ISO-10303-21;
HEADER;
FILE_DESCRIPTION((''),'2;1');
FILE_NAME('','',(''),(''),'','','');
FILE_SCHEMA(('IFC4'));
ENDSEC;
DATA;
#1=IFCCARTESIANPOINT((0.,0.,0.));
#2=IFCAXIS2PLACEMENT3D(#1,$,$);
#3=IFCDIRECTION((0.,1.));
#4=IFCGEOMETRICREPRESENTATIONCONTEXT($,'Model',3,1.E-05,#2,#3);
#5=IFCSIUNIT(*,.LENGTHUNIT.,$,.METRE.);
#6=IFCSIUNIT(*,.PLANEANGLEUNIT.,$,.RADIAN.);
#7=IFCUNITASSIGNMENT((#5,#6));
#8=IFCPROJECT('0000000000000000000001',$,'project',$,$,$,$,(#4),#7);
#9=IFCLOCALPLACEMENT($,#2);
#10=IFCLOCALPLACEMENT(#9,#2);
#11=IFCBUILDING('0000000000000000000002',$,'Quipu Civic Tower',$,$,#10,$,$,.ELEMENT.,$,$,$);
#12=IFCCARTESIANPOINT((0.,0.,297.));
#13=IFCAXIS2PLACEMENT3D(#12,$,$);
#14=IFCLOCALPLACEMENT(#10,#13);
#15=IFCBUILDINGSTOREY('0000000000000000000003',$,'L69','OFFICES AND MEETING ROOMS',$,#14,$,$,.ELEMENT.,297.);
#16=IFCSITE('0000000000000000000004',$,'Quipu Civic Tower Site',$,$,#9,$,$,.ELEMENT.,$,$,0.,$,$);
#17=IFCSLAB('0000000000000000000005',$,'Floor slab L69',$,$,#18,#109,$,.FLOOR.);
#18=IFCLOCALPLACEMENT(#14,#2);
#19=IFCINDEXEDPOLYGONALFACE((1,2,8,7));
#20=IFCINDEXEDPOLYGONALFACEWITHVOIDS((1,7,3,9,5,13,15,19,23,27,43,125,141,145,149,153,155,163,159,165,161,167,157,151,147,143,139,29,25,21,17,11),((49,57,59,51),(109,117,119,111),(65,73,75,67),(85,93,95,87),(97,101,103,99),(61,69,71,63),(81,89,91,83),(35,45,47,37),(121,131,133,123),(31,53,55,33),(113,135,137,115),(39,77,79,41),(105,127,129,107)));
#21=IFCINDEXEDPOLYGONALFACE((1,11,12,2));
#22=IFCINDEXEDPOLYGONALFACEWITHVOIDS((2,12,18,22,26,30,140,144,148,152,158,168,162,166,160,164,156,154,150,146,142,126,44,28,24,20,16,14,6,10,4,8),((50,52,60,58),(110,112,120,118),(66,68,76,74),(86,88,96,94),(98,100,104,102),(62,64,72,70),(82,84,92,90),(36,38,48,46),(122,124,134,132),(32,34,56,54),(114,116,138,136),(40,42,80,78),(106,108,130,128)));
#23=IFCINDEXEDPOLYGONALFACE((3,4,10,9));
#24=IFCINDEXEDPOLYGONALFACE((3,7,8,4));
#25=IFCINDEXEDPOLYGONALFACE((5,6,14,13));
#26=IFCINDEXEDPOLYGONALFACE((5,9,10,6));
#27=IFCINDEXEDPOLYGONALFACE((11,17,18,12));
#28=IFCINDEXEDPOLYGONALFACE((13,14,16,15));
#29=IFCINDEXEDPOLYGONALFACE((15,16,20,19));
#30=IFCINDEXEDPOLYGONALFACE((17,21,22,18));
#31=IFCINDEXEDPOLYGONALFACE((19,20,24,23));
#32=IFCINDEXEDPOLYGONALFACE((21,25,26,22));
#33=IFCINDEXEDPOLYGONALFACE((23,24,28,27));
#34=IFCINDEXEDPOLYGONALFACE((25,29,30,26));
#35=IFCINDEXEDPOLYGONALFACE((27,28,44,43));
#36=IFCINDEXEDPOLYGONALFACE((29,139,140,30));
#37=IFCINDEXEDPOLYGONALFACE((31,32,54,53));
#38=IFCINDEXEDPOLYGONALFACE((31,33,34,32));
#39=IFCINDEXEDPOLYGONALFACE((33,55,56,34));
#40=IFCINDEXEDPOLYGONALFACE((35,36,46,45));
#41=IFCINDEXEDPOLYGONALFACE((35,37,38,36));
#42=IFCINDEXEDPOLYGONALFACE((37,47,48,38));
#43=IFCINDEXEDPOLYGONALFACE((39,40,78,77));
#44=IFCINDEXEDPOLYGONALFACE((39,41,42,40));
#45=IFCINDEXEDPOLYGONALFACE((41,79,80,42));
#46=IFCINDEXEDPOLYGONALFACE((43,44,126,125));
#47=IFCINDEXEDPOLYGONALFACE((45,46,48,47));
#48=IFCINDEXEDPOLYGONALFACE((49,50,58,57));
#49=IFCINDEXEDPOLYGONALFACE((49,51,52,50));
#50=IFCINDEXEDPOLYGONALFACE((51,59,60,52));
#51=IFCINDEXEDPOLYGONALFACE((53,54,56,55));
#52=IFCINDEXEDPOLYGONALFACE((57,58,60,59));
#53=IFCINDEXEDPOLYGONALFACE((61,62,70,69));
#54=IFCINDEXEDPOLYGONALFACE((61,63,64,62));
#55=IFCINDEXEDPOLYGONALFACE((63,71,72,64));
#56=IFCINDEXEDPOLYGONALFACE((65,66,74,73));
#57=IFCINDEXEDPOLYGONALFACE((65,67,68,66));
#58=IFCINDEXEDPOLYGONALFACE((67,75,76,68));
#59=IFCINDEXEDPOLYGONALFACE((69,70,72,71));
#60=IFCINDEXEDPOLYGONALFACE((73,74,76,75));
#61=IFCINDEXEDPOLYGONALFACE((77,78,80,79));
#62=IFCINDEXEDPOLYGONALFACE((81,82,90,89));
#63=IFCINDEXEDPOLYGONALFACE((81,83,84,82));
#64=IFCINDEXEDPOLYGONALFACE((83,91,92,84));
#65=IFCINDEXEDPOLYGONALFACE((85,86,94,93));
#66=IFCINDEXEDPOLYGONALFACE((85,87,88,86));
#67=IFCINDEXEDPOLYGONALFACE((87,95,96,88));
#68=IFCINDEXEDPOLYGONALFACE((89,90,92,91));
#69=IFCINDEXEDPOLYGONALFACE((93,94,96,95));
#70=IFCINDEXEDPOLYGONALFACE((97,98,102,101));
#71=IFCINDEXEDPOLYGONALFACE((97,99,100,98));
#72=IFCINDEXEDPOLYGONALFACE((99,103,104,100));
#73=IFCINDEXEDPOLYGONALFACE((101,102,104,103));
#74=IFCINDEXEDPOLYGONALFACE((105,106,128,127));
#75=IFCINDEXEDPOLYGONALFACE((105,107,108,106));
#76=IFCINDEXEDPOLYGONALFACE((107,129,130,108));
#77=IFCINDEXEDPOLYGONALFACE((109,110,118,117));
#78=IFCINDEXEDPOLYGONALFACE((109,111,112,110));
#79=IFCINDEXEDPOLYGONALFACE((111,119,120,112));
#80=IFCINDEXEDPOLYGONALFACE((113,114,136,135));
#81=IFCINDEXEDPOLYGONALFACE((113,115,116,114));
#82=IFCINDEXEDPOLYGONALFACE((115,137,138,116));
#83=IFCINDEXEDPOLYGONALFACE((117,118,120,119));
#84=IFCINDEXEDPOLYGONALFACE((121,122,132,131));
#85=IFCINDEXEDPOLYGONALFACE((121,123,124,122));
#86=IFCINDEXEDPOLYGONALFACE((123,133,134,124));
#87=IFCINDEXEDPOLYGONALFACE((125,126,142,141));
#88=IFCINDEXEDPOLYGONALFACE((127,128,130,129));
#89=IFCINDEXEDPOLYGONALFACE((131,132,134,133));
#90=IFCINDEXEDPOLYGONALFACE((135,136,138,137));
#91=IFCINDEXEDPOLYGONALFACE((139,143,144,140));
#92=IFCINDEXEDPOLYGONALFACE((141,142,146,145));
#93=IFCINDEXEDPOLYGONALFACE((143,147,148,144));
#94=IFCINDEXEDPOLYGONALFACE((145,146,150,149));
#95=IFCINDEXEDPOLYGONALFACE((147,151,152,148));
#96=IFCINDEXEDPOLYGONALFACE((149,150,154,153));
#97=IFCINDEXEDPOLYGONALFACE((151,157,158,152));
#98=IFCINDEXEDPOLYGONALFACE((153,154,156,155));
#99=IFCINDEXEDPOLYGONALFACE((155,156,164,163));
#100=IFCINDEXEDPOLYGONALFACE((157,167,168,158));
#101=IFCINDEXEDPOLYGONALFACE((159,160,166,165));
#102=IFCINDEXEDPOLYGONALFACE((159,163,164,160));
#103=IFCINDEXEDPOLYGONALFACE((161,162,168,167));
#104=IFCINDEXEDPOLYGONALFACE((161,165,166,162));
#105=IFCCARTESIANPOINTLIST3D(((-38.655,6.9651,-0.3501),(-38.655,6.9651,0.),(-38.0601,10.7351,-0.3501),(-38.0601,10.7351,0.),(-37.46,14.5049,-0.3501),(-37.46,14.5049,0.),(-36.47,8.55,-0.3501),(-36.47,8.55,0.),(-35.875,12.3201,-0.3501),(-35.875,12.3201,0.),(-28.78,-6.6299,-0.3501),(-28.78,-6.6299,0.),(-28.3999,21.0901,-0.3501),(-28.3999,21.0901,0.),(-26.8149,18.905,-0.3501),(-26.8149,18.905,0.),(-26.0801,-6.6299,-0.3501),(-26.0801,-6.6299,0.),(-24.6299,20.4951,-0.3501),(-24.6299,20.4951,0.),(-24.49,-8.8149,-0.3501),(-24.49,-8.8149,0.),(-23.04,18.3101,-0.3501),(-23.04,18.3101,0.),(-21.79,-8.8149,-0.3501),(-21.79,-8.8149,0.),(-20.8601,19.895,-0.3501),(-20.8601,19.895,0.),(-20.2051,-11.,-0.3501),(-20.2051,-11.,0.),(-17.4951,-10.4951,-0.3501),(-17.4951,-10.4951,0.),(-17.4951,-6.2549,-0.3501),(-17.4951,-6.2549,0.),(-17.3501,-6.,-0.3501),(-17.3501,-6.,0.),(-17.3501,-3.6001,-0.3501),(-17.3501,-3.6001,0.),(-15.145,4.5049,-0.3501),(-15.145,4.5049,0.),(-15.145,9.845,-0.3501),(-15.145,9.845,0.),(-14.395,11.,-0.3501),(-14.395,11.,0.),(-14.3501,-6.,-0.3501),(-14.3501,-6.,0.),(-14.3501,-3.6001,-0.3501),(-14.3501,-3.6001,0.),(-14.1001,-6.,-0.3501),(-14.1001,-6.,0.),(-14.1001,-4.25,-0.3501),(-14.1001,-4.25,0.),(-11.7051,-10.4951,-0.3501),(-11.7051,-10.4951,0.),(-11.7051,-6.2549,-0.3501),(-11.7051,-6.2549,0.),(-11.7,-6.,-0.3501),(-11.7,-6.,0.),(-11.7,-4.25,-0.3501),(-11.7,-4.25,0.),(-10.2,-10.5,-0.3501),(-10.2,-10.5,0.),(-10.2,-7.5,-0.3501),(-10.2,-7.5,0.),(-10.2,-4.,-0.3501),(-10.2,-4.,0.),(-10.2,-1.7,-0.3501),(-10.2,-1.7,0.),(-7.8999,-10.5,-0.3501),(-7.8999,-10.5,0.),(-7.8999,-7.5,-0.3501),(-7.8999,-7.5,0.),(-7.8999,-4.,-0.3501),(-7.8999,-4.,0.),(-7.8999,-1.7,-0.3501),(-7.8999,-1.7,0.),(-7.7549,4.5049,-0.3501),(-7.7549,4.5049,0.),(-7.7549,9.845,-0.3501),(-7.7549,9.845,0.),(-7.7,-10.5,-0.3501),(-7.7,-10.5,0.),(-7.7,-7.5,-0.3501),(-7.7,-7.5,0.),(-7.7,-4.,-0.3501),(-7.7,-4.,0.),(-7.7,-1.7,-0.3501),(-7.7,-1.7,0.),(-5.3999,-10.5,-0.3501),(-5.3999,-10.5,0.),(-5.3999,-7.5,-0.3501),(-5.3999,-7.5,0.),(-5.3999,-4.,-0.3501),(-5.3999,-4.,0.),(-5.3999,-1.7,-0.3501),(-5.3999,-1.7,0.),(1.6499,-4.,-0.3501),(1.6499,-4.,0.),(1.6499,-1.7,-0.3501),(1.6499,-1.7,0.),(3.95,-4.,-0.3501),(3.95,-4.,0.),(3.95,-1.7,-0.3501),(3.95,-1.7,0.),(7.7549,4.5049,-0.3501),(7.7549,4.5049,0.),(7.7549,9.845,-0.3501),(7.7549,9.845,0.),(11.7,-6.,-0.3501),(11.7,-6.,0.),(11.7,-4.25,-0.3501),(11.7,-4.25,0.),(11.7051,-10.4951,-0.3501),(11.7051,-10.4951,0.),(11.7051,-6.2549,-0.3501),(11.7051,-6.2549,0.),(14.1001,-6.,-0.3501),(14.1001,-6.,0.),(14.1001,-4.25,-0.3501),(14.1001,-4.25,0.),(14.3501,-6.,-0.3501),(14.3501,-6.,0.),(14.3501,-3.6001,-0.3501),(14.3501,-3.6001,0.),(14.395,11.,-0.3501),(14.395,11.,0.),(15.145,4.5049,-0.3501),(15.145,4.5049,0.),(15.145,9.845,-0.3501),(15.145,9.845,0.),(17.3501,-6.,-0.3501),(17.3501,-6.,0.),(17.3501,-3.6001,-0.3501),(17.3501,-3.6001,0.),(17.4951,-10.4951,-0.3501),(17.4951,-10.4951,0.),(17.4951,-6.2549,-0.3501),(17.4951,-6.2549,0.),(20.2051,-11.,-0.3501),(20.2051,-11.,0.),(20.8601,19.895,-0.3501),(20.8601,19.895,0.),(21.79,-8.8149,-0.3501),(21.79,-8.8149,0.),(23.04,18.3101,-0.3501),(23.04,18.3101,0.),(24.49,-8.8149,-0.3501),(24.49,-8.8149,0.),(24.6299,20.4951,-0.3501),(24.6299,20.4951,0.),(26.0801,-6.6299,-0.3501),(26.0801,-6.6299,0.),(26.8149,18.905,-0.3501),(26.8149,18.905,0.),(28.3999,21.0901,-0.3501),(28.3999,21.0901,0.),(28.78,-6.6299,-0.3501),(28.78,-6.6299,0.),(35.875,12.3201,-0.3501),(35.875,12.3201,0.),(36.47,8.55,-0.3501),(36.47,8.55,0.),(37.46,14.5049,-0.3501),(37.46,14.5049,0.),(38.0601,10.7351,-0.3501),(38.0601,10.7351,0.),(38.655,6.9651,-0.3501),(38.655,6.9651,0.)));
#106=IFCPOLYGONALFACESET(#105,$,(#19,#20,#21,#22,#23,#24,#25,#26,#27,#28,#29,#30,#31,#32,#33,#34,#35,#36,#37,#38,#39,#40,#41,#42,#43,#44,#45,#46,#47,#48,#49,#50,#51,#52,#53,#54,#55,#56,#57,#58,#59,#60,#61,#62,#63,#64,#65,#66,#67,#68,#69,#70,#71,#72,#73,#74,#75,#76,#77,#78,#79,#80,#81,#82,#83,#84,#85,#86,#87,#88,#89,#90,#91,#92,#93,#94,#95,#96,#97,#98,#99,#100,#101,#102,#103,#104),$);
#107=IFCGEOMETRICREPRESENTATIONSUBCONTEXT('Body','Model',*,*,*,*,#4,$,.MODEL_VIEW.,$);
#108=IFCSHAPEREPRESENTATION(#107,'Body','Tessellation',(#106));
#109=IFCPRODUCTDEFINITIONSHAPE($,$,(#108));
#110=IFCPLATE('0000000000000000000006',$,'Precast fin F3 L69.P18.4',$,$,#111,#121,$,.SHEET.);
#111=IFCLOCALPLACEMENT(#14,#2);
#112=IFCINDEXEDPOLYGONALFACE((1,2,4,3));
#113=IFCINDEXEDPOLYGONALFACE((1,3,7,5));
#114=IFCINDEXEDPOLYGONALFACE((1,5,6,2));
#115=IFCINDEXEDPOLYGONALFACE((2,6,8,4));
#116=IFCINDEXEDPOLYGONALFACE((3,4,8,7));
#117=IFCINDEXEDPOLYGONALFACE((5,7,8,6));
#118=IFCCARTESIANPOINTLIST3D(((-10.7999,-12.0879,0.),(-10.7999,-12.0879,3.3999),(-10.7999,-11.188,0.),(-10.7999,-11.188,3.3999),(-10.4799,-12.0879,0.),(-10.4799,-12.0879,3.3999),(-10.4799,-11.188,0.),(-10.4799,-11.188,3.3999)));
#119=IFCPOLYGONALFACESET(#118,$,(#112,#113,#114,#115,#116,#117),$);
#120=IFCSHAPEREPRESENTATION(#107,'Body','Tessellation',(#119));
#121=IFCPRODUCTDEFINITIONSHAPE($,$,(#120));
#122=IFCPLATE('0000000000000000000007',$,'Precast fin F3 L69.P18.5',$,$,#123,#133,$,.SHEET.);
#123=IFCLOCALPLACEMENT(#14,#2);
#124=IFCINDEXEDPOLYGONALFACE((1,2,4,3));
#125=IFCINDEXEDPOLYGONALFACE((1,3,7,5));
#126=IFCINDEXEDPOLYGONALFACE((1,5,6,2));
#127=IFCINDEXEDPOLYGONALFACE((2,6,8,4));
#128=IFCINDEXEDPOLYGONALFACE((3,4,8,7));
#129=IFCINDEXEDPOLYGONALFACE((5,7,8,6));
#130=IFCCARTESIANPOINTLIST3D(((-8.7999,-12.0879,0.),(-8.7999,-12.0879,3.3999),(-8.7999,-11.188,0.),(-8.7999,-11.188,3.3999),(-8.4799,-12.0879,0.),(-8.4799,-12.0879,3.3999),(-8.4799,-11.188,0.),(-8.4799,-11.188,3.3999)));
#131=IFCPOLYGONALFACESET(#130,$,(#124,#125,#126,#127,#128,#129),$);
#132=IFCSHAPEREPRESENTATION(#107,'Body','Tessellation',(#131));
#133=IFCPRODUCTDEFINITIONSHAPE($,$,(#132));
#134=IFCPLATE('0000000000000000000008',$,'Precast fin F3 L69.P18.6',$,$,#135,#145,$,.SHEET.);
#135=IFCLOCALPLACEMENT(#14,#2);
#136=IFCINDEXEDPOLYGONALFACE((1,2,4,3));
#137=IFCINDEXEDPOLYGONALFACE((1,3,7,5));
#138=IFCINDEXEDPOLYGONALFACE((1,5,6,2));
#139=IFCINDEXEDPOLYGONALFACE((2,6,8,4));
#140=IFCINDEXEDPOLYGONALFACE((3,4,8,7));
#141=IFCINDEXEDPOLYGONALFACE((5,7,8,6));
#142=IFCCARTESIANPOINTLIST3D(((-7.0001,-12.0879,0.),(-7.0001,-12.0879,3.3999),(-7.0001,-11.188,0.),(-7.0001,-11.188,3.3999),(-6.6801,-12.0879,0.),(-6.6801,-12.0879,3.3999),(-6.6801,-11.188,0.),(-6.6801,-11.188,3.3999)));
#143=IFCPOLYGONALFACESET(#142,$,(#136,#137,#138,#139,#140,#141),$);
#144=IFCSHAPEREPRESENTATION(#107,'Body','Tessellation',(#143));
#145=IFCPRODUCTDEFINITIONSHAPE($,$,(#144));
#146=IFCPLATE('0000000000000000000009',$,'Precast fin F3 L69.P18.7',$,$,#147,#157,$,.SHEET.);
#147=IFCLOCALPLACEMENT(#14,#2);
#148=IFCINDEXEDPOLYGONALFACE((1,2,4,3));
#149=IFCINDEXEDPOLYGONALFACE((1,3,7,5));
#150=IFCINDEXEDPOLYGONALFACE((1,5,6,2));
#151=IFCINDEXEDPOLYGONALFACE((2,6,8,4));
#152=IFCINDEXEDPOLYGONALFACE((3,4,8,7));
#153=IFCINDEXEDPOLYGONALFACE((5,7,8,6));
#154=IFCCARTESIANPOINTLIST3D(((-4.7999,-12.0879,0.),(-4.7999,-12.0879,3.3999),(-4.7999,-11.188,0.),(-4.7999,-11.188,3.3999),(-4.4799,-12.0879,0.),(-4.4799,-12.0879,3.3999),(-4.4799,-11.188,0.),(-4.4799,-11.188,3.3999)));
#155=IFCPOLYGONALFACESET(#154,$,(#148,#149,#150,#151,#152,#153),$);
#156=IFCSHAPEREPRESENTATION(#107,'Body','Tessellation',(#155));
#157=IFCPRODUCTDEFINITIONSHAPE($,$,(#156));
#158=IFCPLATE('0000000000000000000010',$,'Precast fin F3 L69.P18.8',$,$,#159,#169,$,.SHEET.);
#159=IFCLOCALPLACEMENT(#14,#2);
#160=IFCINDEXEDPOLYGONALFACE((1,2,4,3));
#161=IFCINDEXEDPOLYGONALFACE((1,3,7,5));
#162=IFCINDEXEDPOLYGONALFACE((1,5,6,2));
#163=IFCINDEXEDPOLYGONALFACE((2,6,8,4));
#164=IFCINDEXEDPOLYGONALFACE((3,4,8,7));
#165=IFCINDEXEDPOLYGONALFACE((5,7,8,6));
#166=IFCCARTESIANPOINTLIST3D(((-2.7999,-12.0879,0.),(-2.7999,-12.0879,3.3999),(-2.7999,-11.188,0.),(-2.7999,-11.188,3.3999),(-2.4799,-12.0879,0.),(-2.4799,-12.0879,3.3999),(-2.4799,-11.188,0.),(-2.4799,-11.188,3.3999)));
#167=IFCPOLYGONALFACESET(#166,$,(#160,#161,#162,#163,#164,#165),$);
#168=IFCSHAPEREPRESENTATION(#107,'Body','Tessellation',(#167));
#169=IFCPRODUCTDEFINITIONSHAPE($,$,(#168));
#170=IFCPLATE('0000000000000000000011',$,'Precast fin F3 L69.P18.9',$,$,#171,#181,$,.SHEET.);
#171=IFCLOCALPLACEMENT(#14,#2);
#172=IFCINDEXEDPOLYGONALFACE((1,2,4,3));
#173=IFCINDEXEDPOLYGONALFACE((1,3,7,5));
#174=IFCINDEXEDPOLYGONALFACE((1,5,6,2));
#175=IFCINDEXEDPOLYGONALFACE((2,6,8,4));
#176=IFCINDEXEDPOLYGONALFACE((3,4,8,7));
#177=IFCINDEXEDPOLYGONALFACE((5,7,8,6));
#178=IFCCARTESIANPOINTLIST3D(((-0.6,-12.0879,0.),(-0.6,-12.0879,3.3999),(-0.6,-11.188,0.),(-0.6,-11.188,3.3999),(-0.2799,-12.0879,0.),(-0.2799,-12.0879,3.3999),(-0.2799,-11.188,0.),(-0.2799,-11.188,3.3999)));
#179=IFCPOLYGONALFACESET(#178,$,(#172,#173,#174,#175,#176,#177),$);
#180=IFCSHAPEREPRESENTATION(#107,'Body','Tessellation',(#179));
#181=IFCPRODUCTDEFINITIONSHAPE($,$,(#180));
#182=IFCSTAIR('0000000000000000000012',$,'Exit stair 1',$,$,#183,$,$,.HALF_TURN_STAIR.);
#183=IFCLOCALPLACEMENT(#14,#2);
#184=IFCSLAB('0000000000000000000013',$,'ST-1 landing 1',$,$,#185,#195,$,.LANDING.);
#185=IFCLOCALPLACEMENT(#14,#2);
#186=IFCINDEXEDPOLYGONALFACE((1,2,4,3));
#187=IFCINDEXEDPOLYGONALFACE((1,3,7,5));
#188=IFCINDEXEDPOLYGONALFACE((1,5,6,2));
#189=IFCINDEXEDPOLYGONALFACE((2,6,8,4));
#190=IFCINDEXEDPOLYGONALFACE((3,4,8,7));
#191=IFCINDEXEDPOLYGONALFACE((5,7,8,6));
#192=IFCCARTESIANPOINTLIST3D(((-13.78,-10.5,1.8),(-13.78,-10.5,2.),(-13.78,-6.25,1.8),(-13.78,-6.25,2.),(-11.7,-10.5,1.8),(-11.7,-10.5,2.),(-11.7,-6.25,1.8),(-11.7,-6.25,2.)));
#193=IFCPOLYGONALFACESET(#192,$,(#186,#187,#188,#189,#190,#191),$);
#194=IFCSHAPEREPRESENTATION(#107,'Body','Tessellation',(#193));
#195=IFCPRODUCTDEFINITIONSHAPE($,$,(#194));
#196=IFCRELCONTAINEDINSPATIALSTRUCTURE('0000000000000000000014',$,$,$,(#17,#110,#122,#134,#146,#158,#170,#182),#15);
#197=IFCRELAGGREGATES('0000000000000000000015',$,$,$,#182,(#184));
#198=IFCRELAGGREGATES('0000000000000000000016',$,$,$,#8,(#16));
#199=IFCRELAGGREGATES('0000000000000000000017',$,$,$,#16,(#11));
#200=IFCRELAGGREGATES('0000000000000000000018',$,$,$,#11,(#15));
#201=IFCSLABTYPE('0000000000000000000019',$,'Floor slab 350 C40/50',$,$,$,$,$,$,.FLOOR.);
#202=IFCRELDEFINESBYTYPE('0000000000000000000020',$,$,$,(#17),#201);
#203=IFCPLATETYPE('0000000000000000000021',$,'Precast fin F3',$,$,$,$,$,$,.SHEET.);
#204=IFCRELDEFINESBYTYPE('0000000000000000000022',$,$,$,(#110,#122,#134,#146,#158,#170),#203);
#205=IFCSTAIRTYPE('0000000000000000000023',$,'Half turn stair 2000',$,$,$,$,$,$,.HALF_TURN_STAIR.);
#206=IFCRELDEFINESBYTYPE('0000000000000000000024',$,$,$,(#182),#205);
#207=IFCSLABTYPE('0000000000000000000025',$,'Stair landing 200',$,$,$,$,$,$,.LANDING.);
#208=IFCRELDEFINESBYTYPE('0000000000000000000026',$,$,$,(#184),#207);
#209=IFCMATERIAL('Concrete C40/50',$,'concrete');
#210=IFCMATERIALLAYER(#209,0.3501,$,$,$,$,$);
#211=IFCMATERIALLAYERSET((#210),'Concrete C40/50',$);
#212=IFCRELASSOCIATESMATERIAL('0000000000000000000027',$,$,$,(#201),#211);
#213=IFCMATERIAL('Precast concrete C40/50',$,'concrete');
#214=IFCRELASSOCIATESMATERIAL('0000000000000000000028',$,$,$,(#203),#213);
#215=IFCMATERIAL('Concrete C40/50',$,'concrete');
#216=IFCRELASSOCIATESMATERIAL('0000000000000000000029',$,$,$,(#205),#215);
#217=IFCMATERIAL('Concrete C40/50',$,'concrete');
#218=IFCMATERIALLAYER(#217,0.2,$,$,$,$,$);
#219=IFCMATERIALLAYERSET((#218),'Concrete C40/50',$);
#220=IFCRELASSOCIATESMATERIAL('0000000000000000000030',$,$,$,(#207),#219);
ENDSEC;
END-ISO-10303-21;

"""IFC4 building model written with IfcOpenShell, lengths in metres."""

from ifc_helpers import new_model, si_unit, direction, frame, origin, origin_2d, place, context, subcontext, project, spatial, polyline, rectangle, outline, extrude, material, layer, layer_set, type_object, element, aggregate, save


model = new_model("IFC4")

# Units and contexts
model_context = context("Model", 3, precision=1e-05, world=origin(), true_north=direction((0.0, 1.0)))
body_context = subcontext(model_context, "Body", "Model", "MODEL_VIEW")
ifc_project = project(units=[si_unit("LENGTHUNIT", "METRE"), si_unit("PLANEANGLEUNIT", "RADIAN")], contexts=[model_context])

# Site, building, storey
site_placement = place(None, origin())
site = spatial("IfcSite", under=ifc_project, at=site_placement, Name="Quipu Civic Tower Site", CompositionType="ELEMENT", RefElevation=0.0)
building_placement = place(site_placement, origin())
building = spatial("IfcBuilding", under=site, at=building_placement, Name="Quipu Civic Tower", CompositionType="ELEMENT")
storey_placement = place(building_placement, frame((0.0, 0.0, 297.0)))
storey = spatial("IfcBuildingStorey", under=building, at=storey_placement, Name="L69", Description="OFFICES AND MEETING ROOMS", CompositionType="ELEMENT", Elevation=297.0)

# Slab
ifc_material_1 = material(Name="Concrete C40/50", Category="concrete")
ifc_layer_1 = layer(ifc_material_1, 0.3501)
ifc_layer_set_1 = layer_set([ifc_layer_1], Name="Concrete C40/50")
slab_type_1 = type_object("IfcSlabType", Name="Floor slab 350 C40/50", PredefinedType="FLOOR", material=ifc_layer_set_1)
slab_1_placement = place(storey_placement, frame((0.0, 0.0, -0.3501)))
element("IfcSlab", 1, at=slab_1_placement, inside=storey, type_object=slab_type_1, Name="Floor slab L69", PredefinedType="FLOOR", context=body_context, shape_type="SweptSolid", body=[
    extrude(outline(polyline([(20.8601, 19.895), (23.04, 18.3101), (24.6299, 20.4951), (26.8149, 18.905), (28.3999, 21.0901), (37.46, 14.5049), (35.875, 12.3201), (38.0601, 10.7351), (36.47, 8.55), (38.655, 6.9651), (28.78, -6.6299), (26.0801, -6.6299), (24.49, -8.8149), (21.79, -8.8149), (20.2051, -11.0), (-20.2051, -11.0), (-21.79, -8.8149), (-24.49, -8.8149), (-26.0801, -6.6299), (-28.78, -6.6299), (-38.655, 6.9651), (-36.47, 8.55), (-38.0601, 10.7351), (-35.875, 12.3201), (-37.46, 14.5049), (-28.3999, 21.0901), (-26.8149, 18.905), (-24.6299, 20.4951), (-23.04, 18.3101), (-20.8601, 19.895), (-14.395, 11.0), (14.395, 11.0), (20.8601, 19.895)]), holes=[polyline([(-10.2, -10.5), (-7.8999, -10.5), (-7.8999, -7.5), (-10.2, -7.5), (-10.2, -10.5)]), polyline([(-7.7, -7.5), (-7.7, -10.5), (-5.3999, -10.5), (-5.3999, -7.5), (-7.7, -7.5)]), polyline([(-11.7051, -6.2549), (-17.4951, -6.2549), (-17.4951, -10.4951), (-11.7051, -10.4951), (-11.7051, -6.2549)]), polyline([(-14.1001, -6.0), (-11.7, -6.0), (-11.7, -4.25), (-14.1001, -4.25), (-14.1001, -6.0)]), polyline([(-17.3501, -3.6001), (-17.3501, -6.0), (-14.3501, -6.0), (-14.3501, -3.6001), (-17.3501, -3.6001)]), polyline([(-10.2, -1.7), (-10.2, -4.0), (-7.8999, -4.0), (-7.8999, -1.7), (-10.2, -1.7)]), polyline([(-15.145, 9.845), (-15.145, 4.5049), (-7.7549, 4.5049), (-7.7549, 9.845), (-15.145, 9.845)]), polyline([(11.7051, -10.4951), (17.4951, -10.4951), (17.4951, -6.2549), (11.7051, -6.2549), (11.7051, -10.4951)]), polyline([(11.7, -4.25), (11.7, -6.0), (14.1001, -6.0), (14.1001, -4.25), (11.7, -4.25)]), polyline([(14.3501, -3.6001), (14.3501, -6.0), (17.3501, -6.0), (17.3501, -3.6001), (14.3501, -3.6001)]), polyline([(-7.7, -1.7), (-7.7, -4.0), (-5.3999, -4.0), (-5.3999, -1.7), (-7.7, -1.7)]), polyline([(1.6499, -1.7), (1.6499, -4.0), (3.95, -4.0), (3.95, -1.7), (1.6499, -1.7)]), polyline([(7.7549, 4.5049), (15.145, 4.5049), (15.145, 9.845), (7.7549, 9.845), (7.7549, 4.5049)])]), origin(), (0.0, 0.0, 1.0), 0.3501),
])

# Plates
ifc_material_2 = material(Name="Precast concrete C40/50", Category="concrete")
plate_type = type_object("IfcPlateType", Name="Precast fin F3", PredefinedType="SHEET", material=ifc_material_2)
for number, where, z_axis, x_axis, name in (
    (2, (-10.6399, -11.6379, 0.0), (0.0, 0.0, 1.0), (1.0, 0.0, 0.0), "Precast fin F3 L69.P18.4"),
    (3, (-8.6399, -11.6379, 0.0), (0.0, 0.0, 1.0), (1.0, 0.0, 0.0), "Precast fin F3 L69.P18.5"),
    (4, (-6.8401, -11.6379, 0.0), (0.0, 0.0, 1.0), (1.0, 0.0, 0.0), "Precast fin F3 L69.P18.6"),
    (5, (-4.6399, -11.6379, 0.0), (0.0, 0.0, 1.0), (1.0, 0.0, 0.0), "Precast fin F3 L69.P18.7"),
    (6, (-2.6399, -11.6379, 0.0), (0.0, 0.0, 1.0), (1.0, 0.0, 0.0), "Precast fin F3 L69.P18.8"),
    (7, (-0.4399, -11.6379, 0.0), (0.0, 0.0, 1.0), (1.0, 0.0, 0.0), "Precast fin F3 L69.P18.9"),
):
    element("IfcPlate", number, at=place(storey_placement, frame(where, z_axis=z_axis, x_axis=x_axis)), inside=storey, type_object=plate_type, Name=name, PredefinedType="SHEET", context=body_context, shape_type="SweptSolid", body=[
        extrude(rectangle(XDim=0.3201, YDim=0.8999, at=origin_2d()), origin(), (0.0, 0.0, 1.0), 3.3999),
    ])

# Stair, slab
ifc_material_3 = material(Name="Concrete C40/50", Category="concrete")
stair_type_1 = type_object("IfcStairType", Name="Half turn stair 2000", PredefinedType="HALF_TURN_STAIR", material=ifc_material_3)
stair_1_placement = place(storey_placement, origin())
stair_1 = element("IfcStair", 8, at=stair_1_placement, inside=storey, type_object=stair_type_1, Name="Exit stair 1", PredefinedType="HALF_TURN_STAIR")
ifc_material_4 = material(Name="Concrete C40/50", Category="concrete")
ifc_layer_2 = layer(ifc_material_4, 0.2)
ifc_layer_set_2 = layer_set([ifc_layer_2], Name="Concrete C40/50")
slab_type_2 = type_object("IfcSlabType", Name="Stair landing 200", PredefinedType="LANDING", material=ifc_layer_set_2)
slab_2_placement = place(storey_placement, frame((0.0, 0.0, 1.8)))
slab_2 = element("IfcSlab", 9, at=slab_2_placement, type_object=slab_type_2, Name="ST-1 landing 1", PredefinedType="LANDING", context=body_context, shape_type="SweptSolid", body=[
    extrude(outline(polyline([(-13.78, -10.5), (-11.7, -10.5), (-11.7, -6.25), (-13.78, -6.25), (-13.78, -10.5)])), origin(), (0.0, 0.0, 1.0), 0.2),
])
aggregate(stair_1, [slab_2])

save(model, "model.ifc")
